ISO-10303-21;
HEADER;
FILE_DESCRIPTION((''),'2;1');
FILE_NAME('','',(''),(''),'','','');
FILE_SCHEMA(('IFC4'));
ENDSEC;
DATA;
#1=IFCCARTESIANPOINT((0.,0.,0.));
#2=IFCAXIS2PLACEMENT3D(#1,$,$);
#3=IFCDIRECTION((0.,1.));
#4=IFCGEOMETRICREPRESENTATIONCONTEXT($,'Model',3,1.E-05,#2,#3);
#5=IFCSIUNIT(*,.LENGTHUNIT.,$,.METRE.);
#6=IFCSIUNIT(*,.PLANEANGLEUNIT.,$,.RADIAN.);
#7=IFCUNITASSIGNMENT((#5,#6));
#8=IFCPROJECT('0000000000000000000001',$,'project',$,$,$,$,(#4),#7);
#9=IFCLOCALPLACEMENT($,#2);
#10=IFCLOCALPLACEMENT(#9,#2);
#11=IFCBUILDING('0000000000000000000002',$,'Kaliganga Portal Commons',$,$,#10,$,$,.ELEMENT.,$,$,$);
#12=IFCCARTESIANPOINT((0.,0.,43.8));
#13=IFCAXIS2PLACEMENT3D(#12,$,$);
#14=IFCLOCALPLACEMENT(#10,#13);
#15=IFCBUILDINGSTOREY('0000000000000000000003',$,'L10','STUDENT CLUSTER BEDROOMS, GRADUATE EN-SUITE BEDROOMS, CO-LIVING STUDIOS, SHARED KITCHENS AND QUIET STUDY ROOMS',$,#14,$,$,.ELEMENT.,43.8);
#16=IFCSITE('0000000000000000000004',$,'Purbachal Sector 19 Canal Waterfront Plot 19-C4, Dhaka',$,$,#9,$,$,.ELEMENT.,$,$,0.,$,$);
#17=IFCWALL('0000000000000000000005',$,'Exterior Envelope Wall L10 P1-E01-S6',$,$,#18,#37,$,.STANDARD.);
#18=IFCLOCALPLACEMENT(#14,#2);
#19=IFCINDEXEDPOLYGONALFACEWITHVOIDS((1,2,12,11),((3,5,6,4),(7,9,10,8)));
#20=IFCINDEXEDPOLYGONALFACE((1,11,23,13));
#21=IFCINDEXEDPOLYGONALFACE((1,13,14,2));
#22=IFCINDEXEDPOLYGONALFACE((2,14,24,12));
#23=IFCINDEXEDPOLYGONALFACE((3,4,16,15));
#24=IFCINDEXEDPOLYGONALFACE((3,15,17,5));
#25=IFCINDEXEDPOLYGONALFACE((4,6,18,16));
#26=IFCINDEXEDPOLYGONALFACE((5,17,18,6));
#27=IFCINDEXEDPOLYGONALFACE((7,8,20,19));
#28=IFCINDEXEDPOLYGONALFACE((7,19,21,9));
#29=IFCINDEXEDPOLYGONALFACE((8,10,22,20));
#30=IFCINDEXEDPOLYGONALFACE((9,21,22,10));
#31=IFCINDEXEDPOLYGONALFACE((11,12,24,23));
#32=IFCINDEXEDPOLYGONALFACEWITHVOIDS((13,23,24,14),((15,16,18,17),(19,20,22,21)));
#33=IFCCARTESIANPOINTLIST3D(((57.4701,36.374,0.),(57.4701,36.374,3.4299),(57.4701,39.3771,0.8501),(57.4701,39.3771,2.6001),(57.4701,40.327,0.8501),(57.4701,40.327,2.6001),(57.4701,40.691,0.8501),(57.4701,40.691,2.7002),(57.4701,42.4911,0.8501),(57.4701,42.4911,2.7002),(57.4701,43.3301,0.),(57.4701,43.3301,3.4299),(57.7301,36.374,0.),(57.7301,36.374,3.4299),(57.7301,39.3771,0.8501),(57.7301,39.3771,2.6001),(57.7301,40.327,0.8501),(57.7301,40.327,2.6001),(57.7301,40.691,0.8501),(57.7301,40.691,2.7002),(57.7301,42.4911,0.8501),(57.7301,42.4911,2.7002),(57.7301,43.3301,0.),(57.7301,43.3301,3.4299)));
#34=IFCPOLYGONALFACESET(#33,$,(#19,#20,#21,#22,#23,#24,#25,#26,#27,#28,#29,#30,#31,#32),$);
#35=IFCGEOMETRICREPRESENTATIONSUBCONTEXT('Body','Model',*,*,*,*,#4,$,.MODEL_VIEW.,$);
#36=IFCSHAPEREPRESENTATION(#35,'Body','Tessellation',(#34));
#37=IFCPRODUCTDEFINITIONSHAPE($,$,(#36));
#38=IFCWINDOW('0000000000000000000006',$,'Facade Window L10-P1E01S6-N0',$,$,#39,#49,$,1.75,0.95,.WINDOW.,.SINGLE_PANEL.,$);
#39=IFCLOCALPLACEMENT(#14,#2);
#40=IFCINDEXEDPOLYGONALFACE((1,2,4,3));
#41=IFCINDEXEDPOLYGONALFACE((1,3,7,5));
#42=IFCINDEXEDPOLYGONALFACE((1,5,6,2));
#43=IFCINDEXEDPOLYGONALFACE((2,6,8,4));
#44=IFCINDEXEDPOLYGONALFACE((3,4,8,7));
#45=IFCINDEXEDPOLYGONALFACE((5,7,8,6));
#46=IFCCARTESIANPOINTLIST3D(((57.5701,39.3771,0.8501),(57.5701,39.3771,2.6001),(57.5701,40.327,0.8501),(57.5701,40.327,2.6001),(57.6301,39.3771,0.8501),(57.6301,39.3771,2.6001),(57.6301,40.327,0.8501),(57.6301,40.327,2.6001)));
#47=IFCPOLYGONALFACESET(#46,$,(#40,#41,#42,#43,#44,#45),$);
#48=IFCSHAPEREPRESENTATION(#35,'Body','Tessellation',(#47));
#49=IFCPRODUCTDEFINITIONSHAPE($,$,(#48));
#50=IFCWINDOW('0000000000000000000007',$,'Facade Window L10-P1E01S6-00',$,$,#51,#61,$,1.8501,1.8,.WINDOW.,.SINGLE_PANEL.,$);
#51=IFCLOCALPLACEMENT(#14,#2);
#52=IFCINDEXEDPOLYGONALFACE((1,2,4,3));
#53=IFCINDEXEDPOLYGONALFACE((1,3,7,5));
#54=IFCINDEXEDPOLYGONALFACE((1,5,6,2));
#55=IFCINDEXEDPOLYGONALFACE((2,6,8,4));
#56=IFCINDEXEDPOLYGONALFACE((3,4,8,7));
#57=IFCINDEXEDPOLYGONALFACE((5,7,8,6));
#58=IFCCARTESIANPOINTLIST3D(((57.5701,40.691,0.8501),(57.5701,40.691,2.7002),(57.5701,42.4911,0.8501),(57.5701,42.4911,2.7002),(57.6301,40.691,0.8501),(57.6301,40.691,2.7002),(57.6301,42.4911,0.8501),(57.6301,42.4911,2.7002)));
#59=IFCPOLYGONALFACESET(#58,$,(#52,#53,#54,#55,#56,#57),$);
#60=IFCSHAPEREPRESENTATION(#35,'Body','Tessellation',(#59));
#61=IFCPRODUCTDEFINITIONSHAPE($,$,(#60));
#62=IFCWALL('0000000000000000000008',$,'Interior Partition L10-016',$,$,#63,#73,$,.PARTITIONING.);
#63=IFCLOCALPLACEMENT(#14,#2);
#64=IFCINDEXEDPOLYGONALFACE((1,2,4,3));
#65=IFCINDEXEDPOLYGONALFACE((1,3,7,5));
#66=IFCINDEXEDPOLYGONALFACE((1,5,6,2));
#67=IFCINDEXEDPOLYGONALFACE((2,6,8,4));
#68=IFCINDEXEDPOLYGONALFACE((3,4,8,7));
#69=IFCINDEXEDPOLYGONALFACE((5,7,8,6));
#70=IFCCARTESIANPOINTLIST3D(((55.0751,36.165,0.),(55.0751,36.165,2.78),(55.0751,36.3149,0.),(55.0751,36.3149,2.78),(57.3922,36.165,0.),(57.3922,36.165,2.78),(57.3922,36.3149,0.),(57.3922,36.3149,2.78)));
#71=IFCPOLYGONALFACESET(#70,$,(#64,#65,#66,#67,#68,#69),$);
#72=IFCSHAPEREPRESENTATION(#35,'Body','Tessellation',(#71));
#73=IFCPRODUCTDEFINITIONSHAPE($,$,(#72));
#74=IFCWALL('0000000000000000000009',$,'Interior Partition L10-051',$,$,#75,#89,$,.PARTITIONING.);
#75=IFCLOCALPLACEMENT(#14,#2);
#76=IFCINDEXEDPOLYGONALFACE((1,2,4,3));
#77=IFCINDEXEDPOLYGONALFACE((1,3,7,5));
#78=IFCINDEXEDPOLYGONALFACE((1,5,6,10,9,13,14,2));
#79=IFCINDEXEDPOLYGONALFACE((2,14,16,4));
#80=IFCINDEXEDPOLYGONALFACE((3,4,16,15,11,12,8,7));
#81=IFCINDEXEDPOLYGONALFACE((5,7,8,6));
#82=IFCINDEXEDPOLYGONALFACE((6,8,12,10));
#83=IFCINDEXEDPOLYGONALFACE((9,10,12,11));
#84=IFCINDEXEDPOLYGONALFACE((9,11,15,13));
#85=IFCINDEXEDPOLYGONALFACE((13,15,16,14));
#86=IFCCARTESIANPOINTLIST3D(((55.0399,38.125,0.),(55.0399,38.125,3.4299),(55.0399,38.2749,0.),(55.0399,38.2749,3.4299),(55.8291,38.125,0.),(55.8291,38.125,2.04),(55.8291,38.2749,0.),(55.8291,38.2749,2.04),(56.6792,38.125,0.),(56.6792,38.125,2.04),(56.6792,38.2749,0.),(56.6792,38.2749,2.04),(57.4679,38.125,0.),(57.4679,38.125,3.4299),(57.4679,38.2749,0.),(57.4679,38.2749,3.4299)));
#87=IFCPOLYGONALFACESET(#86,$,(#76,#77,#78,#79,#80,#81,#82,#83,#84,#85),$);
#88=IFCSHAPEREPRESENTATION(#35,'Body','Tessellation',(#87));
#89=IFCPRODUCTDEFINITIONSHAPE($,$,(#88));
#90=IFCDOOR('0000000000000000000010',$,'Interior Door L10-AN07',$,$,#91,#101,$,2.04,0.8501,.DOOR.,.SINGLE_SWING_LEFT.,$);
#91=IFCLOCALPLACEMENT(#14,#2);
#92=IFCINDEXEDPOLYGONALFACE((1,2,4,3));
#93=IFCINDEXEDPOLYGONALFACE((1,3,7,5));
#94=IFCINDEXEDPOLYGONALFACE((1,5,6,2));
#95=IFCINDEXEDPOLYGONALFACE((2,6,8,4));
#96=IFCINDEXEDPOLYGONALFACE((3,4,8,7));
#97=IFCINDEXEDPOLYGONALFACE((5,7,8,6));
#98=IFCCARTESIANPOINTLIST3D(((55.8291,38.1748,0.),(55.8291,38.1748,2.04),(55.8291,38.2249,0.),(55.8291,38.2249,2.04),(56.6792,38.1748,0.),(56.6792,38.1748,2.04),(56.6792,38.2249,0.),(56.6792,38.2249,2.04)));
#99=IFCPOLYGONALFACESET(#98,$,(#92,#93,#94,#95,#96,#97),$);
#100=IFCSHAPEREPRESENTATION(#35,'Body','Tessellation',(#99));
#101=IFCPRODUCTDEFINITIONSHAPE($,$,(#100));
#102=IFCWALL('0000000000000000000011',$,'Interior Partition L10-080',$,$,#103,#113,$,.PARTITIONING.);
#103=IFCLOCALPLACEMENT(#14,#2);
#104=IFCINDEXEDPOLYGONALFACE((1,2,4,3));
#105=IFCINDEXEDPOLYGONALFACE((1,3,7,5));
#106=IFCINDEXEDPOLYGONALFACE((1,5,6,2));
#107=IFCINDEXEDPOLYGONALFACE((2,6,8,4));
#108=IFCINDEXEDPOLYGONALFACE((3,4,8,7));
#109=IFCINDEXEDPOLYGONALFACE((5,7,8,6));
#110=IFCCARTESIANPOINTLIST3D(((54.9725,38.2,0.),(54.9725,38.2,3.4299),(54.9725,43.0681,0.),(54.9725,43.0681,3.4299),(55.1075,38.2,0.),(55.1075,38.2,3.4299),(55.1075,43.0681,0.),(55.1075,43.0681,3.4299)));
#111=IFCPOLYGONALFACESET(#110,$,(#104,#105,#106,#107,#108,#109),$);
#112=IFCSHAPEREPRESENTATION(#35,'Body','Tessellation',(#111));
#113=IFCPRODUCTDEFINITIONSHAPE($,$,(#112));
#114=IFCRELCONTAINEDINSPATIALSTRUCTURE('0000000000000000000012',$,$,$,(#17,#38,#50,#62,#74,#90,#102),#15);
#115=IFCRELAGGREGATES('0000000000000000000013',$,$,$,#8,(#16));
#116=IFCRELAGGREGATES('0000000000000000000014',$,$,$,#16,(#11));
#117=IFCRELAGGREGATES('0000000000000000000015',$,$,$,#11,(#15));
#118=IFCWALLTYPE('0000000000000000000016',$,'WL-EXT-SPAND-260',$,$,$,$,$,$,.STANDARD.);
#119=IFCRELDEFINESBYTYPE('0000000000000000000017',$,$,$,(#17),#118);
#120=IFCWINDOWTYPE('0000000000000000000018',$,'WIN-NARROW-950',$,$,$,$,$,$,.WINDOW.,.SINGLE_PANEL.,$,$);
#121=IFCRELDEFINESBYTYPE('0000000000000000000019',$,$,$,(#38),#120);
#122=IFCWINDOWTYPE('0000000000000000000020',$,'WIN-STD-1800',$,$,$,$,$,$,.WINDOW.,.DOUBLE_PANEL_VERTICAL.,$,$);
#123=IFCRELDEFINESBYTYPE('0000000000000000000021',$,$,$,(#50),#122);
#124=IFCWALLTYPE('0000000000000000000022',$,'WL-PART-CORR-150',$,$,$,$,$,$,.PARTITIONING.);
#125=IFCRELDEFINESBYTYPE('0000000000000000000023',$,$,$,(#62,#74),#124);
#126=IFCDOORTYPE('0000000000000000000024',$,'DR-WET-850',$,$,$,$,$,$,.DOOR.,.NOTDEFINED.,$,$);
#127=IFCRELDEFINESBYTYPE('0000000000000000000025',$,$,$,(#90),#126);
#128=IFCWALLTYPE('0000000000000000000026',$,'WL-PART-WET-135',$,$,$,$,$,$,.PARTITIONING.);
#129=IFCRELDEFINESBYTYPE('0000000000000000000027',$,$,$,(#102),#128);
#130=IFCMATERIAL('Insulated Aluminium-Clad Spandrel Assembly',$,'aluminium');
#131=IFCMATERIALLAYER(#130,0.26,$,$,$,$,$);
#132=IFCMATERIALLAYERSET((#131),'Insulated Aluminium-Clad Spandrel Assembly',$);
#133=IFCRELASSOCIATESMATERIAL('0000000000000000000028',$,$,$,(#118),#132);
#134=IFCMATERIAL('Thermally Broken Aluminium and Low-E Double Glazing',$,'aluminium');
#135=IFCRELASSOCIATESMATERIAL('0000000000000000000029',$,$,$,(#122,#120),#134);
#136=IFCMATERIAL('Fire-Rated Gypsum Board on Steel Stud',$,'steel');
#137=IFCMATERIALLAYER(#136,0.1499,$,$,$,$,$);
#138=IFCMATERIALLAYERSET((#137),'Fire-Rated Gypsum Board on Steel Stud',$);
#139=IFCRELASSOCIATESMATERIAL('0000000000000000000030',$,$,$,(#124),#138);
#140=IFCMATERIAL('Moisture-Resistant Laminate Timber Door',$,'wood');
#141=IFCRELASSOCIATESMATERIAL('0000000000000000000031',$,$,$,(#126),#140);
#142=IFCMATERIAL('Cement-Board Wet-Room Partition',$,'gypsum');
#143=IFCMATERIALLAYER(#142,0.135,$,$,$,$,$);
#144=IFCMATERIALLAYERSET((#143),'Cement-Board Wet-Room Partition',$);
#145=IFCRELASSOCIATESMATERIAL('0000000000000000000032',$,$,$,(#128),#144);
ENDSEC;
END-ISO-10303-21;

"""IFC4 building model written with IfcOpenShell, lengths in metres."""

from ifc_helpers import new_model, si_unit, direction, frame, frame_2d, origin, place, context, subcontext, project, spatial, rectangle, extrude, material, layer, layer_set, type_object, element, fill, save


model = new_model("IFC4")

# Units and contexts
model_context = context("Model", 3, precision=1e-05, world=origin(), true_north=direction((0.0, 1.0)))
body_context = subcontext(model_context, "Body", "Model", "MODEL_VIEW")
ifc_project = project(units=[si_unit("LENGTHUNIT", "METRE"), si_unit("PLANEANGLEUNIT", "RADIAN")], contexts=[model_context])

# Site, building, storey
site_placement = place(None, origin())
site = spatial("IfcSite", under=ifc_project, at=site_placement, Name="Purbachal Sector 19 Canal Waterfront Plot 19-C4, Dhaka", CompositionType="ELEMENT", RefElevation=0.0)
building_placement = place(site_placement, origin())
building = spatial("IfcBuilding", under=site, at=building_placement, Name="Kaliganga Portal Commons", CompositionType="ELEMENT")
storey_placement = place(building_placement, frame((0.0, 0.0, 43.8)))
storey = spatial("IfcBuildingStorey", under=building, at=storey_placement, Name="L10", Description="STUDENT CLUSTER BEDROOMS, GRADUATE EN-SUITE BEDROOMS, CO-LIVING STUDIOS, SHARED KITCHENS AND QUIET STUDY ROOMS", CompositionType="ELEMENT", Elevation=43.8)

# Wall, openings, windows
ifc_material_1 = material(Name="Insulated Aluminium-Clad Spandrel Assembly", Category="aluminium")
ifc_layer_1 = layer(ifc_material_1, 0.26)
ifc_layer_set_1 = layer_set([ifc_layer_1], Name="Insulated Aluminium-Clad Spandrel Assembly")
wall_type_1 = type_object("IfcWallType", Name="WL-EXT-SPAND-260", PredefinedType="STANDARD", material=ifc_layer_set_1)
ifc_material_2 = material(Name="Thermally Broken Aluminium and Low-E Double Glazing", Category="aluminium")
window_type_1 = type_object("IfcWindowType", Name="WIN-STD-1800", PartitioningType="DOUBLE_PANEL_VERTICAL", PredefinedType="WINDOW", material=ifc_material_2)
wall_1_placement = place(storey_placement, frame((57.6001, 43.3301, 0.0), z_axis=(0.0, 0.0, 1.0), x_axis=(0.0, -1.0, 0.0)))
wall_1 = element("IfcWall", 1, at=wall_1_placement, inside=storey, type_object=wall_type_1, Name="Exterior Envelope Wall L10 P1-E01-S6", PredefinedType="STANDARD", context=body_context, shape_type="SweptSolid", body=[
    extrude(rectangle(XDim=6.9561, YDim=0.26, at=frame_2d((3.478, 0.0))), origin(), (0.0, 0.0, 1.0), 3.4299),
])
opening_1_placement = place(wall_1_placement, frame((0.8391, 0.0, 0.8501)))
opening_1 = element("IfcOpeningElement", 2, at=opening_1_placement, cuts=wall_1, PredefinedType="OPENING", context=body_context, shape_type="SweptSolid", body=[
    extrude(rectangle(XDim=1.8, YDim=1.8501, at=frame_2d((0.8999, 0.925))), frame((0.0, 0.1401, 0.0), z_axis=(0.0, -1.0, 0.0), x_axis=(1.0, 0.0, 0.0)), (0.0, 0.0, 1.0), 0.28),
])
opening_2_placement = place(wall_1_placement, frame((3.0029, 0.0, 0.8501)))
opening_2 = element("IfcOpeningElement", 3, at=opening_2_placement, cuts=wall_1, PredefinedType="OPENING", context=body_context, shape_type="SweptSolid", body=[
    extrude(rectangle(XDim=0.95, YDim=1.75, at=frame_2d((0.4751, 0.875))), frame((0.0, 0.1401, 0.0), z_axis=(0.0, -1.0, 0.0), x_axis=(1.0, 0.0, 0.0)), (0.0, 0.0, 1.0), 0.28),
])
window_type_2 = type_object("IfcWindowType", Name="WIN-NARROW-950", PartitioningType="SINGLE_PANEL", PredefinedType="WINDOW", material=ifc_material_2)
window_1_placement = place(opening_2_placement, origin())
window_1 = element("IfcWindow", 4, at=window_1_placement, inside=storey, type_object=window_type_2, Name="Facade Window L10-P1E01S6-N0", OverallHeight=1.75, OverallWidth=0.95, PartitioningType="SINGLE_PANEL", PredefinedType="WINDOW", context=body_context, shape_type="SweptSolid", body=[
    extrude(rectangle(XDim=0.95, YDim=1.75, at=frame_2d((0.4751, 0.875))), frame((0.0, 0.03, 0.0), z_axis=(0.0, -1.0, 0.0), x_axis=(1.0, 0.0, 0.0)), (0.0, 0.0, 1.0), 0.0601),
])
fill(opening_2, window_1)
window_2_placement = place(opening_1_placement, origin())
window_2 = element("IfcWindow", 5, at=window_2_placement, inside=storey, type_object=window_type_1, Name="Facade Window L10-P1E01S6-00", OverallHeight=1.8501, OverallWidth=1.8, PartitioningType="SINGLE_PANEL", PredefinedType="WINDOW", context=body_context, shape_type="SweptSolid", body=[
    extrude(rectangle(XDim=1.8, YDim=1.8501, at=frame_2d((0.8999, 0.925))), frame((0.0, 0.03, 0.0), z_axis=(0.0, -1.0, 0.0), x_axis=(1.0, 0.0, 0.0)), (0.0, 0.0, 1.0), 0.0601),
])
fill(opening_1, window_2)

# Shared definitions
ifc_material_3 = material(Name="Fire-Rated Gypsum Board on Steel Stud", Category="steel")
ifc_layer_2 = layer(ifc_material_3, 0.1499)
ifc_layer_set_2 = layer_set([ifc_layer_2], Name="Fire-Rated Gypsum Board on Steel Stud")
wall_type_2 = type_object("IfcWallType", Name="WL-PART-CORR-150", PredefinedType="PARTITIONING", material=ifc_layer_set_2)

# Wall
wall_2_placement = place(storey_placement, frame((55.075, 36.24, 0.0), z_axis=(0.0, 0.0, 1.0), x_axis=(1.0, 0.0, 0.0)))
element("IfcWall", 6, at=wall_2_placement, inside=storey, type_object=wall_type_2, Name="Interior Partition L10-016", PredefinedType="PARTITIONING", context=body_context, shape_type="SweptSolid", body=[
    extrude(rectangle(XDim=2.3171, YDim=0.1499, at=frame_2d((1.1587, 0.0))), origin(), (0.0, 0.0, 1.0), 2.78),
])

# Wall, opening, door
wall_3_placement = place(storey_placement, frame((55.04, 38.2, 0.0), z_axis=(0.0, 0.0, 1.0), x_axis=(1.0, 0.0, 0.0)))
wall_3 = element("IfcWall", 7, at=wall_3_placement, inside=storey, type_object=wall_type_2, Name="Interior Partition L10-051", PredefinedType="PARTITIONING", context=body_context, shape_type="SweptSolid", body=[
    extrude(rectangle(XDim=2.428, YDim=0.1499, at=frame_2d((1.2139, 0.0))), origin(), (0.0, 0.0, 1.0), 3.4299),
])
opening_3_placement = place(wall_3_placement, frame((0.7891, 0.0, 0.0)))
opening_3 = element("IfcOpeningElement", 8, at=opening_3_placement, cuts=wall_3, PredefinedType="OPENING", context=body_context, shape_type="SweptSolid", body=[
    extrude(rectangle(XDim=0.8501, YDim=2.04, at=frame_2d((0.425, 1.02))), frame((0.0, 0.085, 0.0), z_axis=(0.0, -1.0, 0.0), x_axis=(1.0, 0.0, 0.0)), (0.0, 0.0, 1.0), 0.1699),
])
ifc_material_4 = material(Name="Moisture-Resistant Laminate Timber Door", Category="wood")
door_type_1 = type_object("IfcDoorType", Name="DR-WET-850", OperationType="NOTDEFINED", PredefinedType="DOOR", material=ifc_material_4)
door_1_placement = place(opening_3_placement, origin())
door_1 = element("IfcDoor", 9, at=door_1_placement, inside=storey, type_object=door_type_1, Name="Interior Door L10-AN07", OperationType="SINGLE_SWING_LEFT", OverallHeight=2.04, OverallWidth=0.8501, PredefinedType="DOOR", context=body_context, shape_type="SweptSolid", body=[
    extrude(rectangle(XDim=0.8501, YDim=2.04, at=frame_2d((0.425, 1.02))), frame((0.0, 0.0249, 0.0), z_axis=(0.0, -1.0, 0.0), x_axis=(1.0, 0.0, 0.0)), (0.0, 0.0, 1.0), 0.05),
])
fill(opening_3, door_1)

# Wall
ifc_material_5 = material(Name="Cement-Board Wet-Room Partition", Category="gypsum")
ifc_layer_3 = layer(ifc_material_5, 0.135)
ifc_layer_set_3 = layer_set([ifc_layer_3], Name="Cement-Board Wet-Room Partition")
wall_type_3 = type_object("IfcWallType", Name="WL-PART-WET-135", PredefinedType="PARTITIONING", material=ifc_layer_set_3)
wall_4_placement = place(storey_placement, frame((55.04, 38.2, 0.0), z_axis=(0.0, 0.0, 1.0), x_axis=(0.0, 1.0, 0.0)))
element("IfcWall", 10, at=wall_4_placement, inside=storey, type_object=wall_type_3, Name="Interior Partition L10-080", PredefinedType="PARTITIONING", context=body_context, shape_type="SweptSolid", body=[
    extrude(rectangle(XDim=4.8682, YDim=0.135, at=frame_2d((2.4341, 0.0))), origin(), (0.0, 0.0, 1.0), 3.4299),
])

save(model, "model.ifc")
